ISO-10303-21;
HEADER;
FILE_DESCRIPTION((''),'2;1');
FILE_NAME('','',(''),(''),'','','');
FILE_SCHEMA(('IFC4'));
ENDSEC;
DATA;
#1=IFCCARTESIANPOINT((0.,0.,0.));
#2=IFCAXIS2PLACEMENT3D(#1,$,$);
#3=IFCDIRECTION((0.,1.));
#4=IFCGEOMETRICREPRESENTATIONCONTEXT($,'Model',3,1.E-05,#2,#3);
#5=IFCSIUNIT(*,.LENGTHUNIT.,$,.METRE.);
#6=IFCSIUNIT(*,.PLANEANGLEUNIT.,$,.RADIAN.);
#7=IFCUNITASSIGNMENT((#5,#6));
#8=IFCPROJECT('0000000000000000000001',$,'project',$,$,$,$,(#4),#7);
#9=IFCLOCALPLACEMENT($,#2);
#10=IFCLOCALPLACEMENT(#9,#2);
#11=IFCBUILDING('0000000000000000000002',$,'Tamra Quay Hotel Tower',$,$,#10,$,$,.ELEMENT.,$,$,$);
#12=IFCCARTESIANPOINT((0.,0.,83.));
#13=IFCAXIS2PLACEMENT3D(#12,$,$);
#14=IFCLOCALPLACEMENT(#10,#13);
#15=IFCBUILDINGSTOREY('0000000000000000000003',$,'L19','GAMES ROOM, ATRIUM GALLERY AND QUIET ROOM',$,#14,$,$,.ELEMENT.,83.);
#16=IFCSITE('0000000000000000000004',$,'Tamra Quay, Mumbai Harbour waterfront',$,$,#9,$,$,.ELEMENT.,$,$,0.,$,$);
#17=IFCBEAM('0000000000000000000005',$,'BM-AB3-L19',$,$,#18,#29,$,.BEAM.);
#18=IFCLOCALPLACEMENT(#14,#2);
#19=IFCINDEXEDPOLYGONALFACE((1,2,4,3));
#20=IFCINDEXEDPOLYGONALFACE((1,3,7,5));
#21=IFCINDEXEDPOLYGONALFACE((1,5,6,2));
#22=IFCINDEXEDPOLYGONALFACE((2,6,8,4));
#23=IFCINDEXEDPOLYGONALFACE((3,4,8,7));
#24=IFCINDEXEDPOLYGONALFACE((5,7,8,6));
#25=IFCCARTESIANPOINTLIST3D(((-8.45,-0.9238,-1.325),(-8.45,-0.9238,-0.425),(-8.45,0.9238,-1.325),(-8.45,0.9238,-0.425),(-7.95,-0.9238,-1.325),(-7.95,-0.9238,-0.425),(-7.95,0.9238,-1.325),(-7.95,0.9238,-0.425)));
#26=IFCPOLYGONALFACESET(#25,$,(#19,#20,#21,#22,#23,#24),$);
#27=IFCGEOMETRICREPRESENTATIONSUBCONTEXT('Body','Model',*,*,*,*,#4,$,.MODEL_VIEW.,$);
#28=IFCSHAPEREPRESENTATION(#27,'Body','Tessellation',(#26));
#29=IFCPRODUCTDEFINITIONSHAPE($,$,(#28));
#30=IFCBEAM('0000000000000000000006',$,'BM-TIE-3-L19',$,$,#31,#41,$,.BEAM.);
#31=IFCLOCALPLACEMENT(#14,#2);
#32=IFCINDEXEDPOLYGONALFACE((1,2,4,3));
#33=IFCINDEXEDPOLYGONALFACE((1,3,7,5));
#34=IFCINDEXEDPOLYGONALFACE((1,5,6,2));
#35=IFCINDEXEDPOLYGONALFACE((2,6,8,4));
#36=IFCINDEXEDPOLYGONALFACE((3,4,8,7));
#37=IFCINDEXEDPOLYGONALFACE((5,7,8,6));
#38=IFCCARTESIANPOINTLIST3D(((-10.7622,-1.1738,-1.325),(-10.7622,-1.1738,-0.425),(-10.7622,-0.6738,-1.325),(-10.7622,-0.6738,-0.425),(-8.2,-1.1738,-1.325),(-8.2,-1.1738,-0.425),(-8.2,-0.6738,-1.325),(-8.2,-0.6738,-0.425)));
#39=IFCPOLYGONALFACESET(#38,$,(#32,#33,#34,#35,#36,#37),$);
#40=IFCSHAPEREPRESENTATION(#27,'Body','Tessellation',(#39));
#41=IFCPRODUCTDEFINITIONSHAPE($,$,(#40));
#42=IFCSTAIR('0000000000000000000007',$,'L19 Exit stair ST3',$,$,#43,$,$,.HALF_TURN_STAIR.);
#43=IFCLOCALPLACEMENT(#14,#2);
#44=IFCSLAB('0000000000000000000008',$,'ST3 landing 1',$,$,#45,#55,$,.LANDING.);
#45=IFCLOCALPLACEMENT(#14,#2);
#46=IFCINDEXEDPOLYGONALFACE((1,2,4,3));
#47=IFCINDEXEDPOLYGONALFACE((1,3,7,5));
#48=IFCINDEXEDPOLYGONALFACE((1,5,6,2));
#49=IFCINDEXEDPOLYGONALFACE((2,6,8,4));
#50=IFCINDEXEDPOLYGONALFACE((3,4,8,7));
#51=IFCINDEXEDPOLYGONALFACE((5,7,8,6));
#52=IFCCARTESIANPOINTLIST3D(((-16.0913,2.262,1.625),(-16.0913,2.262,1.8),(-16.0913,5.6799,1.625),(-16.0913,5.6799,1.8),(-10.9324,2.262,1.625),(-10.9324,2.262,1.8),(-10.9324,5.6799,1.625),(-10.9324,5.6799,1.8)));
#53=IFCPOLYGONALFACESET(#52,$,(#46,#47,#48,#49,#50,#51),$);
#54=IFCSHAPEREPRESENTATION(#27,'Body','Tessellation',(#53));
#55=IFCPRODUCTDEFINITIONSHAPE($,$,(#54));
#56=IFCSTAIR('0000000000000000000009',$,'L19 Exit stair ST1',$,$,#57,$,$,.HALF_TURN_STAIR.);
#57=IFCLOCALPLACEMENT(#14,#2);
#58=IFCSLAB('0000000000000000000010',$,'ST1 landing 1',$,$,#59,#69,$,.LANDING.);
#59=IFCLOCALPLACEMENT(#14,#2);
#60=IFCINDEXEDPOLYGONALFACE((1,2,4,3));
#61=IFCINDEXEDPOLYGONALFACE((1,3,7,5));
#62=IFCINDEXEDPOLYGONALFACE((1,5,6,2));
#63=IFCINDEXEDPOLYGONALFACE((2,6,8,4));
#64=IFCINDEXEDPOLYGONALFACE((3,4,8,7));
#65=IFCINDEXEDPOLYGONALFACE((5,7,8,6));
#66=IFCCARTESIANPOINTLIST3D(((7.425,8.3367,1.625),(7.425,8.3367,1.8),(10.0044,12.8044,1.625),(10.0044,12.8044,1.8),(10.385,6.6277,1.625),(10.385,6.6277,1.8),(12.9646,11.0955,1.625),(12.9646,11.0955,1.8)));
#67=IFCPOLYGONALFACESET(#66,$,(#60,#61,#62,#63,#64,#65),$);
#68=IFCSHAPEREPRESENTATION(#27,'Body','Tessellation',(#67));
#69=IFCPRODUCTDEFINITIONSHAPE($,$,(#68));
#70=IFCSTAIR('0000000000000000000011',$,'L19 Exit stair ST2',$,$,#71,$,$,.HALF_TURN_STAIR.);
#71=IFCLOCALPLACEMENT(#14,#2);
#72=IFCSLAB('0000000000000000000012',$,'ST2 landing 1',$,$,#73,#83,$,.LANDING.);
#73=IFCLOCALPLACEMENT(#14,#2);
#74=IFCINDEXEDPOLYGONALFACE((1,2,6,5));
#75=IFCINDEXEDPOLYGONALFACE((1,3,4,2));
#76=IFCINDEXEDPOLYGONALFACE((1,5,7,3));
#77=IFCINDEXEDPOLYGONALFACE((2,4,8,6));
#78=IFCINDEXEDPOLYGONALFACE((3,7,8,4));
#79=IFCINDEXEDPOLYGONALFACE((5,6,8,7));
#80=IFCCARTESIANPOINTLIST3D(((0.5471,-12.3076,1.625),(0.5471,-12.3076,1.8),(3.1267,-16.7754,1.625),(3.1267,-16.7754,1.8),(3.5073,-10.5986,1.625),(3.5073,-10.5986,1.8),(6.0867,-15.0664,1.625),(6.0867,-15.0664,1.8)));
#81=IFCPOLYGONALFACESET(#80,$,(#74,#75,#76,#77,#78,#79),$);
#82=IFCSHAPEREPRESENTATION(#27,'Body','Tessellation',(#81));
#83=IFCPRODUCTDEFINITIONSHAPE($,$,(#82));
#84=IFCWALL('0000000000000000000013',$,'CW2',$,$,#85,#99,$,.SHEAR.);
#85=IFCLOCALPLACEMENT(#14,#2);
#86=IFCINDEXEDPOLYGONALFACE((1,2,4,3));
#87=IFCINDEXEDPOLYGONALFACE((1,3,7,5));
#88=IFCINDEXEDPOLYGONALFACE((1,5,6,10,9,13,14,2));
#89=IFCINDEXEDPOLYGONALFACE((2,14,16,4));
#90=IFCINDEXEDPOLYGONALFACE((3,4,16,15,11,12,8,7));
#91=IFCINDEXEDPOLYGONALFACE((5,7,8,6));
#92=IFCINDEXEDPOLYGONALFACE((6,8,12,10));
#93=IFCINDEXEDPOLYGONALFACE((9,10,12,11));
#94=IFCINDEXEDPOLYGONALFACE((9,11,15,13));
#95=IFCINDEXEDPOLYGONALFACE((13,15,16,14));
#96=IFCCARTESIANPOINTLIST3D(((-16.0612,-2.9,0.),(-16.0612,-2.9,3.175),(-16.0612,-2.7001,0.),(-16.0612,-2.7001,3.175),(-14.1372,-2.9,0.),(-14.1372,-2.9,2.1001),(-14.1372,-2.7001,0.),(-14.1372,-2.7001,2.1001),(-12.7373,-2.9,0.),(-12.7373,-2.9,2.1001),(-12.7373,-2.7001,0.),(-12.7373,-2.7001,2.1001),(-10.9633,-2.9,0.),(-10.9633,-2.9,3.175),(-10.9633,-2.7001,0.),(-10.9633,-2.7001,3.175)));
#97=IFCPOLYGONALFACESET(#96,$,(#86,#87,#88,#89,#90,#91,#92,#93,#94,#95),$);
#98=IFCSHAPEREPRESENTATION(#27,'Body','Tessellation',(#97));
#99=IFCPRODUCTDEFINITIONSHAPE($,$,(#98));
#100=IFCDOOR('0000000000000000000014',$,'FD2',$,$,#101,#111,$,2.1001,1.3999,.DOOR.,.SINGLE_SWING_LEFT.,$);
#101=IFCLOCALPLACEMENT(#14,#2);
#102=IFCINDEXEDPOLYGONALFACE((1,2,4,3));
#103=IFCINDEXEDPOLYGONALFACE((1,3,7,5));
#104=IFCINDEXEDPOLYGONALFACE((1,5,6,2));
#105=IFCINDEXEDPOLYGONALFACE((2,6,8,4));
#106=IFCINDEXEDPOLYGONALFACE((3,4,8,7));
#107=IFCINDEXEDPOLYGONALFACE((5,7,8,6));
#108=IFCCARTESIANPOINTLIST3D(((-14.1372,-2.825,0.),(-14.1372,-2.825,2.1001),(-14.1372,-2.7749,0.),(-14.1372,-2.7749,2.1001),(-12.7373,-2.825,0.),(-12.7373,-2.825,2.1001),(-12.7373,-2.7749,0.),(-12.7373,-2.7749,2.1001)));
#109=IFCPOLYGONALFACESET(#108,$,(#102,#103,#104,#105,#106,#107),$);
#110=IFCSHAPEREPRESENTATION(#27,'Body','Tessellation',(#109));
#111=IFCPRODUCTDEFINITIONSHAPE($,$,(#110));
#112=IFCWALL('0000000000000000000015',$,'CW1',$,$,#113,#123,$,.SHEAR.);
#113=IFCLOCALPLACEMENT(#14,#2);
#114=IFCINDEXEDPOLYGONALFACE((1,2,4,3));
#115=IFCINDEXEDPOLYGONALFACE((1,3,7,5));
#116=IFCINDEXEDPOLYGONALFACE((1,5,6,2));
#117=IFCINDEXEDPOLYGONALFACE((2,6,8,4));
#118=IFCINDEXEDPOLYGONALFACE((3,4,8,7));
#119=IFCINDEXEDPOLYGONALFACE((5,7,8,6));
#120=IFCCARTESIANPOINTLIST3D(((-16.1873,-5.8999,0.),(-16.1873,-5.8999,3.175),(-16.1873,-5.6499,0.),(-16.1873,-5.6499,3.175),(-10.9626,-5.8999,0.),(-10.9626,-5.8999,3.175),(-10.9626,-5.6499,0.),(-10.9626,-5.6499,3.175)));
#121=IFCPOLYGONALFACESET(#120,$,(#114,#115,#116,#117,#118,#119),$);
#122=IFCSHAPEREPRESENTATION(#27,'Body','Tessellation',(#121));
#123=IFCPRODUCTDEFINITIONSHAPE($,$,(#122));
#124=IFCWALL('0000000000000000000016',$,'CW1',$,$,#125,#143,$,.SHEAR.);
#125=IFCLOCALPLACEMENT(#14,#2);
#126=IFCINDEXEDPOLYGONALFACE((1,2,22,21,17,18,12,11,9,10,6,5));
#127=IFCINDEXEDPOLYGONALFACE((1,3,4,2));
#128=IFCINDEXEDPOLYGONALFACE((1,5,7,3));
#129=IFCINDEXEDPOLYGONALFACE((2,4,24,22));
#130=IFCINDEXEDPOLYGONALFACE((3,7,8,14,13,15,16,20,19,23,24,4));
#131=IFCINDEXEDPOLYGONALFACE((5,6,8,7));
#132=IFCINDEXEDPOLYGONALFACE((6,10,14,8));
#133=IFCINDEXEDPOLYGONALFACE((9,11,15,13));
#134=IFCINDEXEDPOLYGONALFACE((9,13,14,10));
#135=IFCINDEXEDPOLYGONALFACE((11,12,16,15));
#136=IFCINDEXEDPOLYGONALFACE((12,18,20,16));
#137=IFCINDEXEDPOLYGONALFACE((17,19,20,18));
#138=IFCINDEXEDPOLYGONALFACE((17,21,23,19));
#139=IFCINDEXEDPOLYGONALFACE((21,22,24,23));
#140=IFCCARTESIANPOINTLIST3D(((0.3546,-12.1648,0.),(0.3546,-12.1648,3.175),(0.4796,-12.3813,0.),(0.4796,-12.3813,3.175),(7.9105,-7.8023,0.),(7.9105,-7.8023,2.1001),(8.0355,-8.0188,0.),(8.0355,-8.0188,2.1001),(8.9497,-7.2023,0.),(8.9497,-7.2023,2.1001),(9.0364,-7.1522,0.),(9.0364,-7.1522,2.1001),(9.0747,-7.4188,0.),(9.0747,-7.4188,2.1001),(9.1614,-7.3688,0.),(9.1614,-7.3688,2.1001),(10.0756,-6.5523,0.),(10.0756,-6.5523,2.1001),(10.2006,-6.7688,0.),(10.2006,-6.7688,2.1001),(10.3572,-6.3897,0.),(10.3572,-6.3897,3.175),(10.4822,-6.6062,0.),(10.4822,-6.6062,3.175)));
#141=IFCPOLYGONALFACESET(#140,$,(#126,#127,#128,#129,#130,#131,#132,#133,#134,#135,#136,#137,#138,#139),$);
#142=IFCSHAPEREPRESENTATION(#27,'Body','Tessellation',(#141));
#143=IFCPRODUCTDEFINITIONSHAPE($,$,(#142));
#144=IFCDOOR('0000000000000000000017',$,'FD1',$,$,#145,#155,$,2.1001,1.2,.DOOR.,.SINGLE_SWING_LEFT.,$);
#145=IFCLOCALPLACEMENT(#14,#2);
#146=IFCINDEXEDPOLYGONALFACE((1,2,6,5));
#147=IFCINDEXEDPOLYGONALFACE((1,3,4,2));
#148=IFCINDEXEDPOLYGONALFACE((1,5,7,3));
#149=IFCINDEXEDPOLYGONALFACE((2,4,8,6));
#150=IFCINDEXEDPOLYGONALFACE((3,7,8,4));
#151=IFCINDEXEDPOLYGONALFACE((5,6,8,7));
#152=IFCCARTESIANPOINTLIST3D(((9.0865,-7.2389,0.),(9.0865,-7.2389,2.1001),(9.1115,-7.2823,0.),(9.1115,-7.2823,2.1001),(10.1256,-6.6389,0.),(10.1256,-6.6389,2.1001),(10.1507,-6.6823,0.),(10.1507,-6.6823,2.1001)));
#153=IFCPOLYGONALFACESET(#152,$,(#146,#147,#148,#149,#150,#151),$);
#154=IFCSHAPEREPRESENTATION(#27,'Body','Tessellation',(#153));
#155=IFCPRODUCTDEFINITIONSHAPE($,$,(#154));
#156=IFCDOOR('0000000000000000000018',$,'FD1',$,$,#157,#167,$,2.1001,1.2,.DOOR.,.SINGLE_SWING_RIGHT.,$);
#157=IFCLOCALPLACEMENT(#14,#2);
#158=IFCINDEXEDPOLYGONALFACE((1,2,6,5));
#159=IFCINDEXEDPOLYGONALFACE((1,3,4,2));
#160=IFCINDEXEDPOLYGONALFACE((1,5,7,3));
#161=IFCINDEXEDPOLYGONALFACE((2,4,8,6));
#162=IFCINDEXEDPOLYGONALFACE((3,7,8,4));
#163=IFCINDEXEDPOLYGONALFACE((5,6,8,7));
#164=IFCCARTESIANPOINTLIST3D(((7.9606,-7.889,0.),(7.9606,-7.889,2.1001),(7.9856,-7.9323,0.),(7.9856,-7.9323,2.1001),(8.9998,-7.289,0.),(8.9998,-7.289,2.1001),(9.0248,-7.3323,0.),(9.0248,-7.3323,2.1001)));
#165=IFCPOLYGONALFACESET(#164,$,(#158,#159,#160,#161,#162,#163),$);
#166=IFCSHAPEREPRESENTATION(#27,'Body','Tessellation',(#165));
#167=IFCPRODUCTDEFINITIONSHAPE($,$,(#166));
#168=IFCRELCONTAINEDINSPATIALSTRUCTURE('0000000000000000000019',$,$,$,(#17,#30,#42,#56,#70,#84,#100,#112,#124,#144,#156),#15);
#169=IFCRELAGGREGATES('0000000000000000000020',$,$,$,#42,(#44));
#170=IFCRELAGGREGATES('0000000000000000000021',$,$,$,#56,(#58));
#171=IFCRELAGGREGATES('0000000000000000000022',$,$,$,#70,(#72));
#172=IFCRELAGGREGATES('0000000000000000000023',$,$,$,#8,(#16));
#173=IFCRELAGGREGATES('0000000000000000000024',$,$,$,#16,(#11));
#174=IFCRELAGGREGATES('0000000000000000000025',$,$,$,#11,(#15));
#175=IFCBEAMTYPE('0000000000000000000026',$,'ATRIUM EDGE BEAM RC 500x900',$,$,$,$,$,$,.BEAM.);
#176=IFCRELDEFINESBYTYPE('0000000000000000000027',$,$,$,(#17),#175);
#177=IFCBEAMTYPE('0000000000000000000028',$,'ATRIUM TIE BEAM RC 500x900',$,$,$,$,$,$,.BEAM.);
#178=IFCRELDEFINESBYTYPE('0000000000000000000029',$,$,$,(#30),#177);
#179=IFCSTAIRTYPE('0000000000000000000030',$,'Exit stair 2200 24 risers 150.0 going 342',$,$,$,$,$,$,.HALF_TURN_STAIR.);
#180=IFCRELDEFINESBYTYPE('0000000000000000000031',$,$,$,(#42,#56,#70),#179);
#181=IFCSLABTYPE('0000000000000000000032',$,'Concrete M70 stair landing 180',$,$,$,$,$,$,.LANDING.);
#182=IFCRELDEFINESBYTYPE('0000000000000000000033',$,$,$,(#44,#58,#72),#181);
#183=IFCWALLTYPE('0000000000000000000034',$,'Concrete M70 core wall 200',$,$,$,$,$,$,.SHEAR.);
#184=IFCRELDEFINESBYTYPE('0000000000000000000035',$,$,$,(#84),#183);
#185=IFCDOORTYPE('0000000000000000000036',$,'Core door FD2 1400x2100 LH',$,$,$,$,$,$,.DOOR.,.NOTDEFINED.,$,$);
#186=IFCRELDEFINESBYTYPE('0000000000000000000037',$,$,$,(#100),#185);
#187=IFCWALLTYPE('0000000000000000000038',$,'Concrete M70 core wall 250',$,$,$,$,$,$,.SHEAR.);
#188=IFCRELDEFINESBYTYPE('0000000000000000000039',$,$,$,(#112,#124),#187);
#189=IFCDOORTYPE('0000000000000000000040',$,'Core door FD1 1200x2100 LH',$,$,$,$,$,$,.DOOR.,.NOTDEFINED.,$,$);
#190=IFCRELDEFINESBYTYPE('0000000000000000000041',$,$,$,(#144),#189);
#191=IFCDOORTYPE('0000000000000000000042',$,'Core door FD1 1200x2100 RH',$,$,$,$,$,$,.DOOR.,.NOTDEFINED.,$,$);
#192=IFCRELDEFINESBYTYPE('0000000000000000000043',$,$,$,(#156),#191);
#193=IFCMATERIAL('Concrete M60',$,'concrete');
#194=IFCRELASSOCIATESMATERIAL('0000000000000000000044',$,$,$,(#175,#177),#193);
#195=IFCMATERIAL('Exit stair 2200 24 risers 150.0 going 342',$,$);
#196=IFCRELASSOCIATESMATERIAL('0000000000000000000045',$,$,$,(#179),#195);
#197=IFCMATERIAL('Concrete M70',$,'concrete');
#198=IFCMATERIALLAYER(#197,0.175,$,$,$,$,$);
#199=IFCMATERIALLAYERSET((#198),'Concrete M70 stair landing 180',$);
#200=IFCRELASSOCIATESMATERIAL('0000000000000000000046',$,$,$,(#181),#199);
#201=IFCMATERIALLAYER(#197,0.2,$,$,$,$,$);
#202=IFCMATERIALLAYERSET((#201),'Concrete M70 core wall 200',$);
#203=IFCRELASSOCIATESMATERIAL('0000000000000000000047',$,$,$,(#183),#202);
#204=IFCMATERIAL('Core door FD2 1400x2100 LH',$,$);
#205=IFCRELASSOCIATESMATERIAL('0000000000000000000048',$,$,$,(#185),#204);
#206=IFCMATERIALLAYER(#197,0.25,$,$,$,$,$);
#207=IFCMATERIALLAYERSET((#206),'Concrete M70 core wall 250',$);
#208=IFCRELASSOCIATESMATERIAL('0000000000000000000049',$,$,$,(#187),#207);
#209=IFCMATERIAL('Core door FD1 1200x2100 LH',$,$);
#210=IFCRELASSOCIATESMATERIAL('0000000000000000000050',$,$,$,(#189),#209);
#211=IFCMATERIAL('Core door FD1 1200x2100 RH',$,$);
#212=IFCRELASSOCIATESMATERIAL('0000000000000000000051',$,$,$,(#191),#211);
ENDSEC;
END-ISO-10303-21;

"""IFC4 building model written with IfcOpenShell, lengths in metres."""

from ifc_helpers import new_model, si_unit, direction, frame, frame_2d, origin, origin_2d, place, context, subcontext, project, spatial, polyline, rectangle, outline, extrude, material, layer, layer_set, material_profile, profile_set, type_object, element, fill, aggregate, save


model = new_model("IFC4")

# Units and contexts
model_context = context("Model", 3, precision=1e-05, world=origin(), true_north=direction((0.0, 1.0)))
body_context = subcontext(model_context, "Body", "Model", "MODEL_VIEW")
ifc_project = project(units=[si_unit("LENGTHUNIT", "METRE"), si_unit("PLANEANGLEUNIT", "RADIAN")], contexts=[model_context])

# Site, building, storey
site_placement = place(None, origin())
site = spatial("IfcSite", under=ifc_project, at=site_placement, Name="Tamra Quay, Mumbai Harbour waterfront", CompositionType="ELEMENT", RefElevation=0.0)
building_placement = place(site_placement, origin())
building = spatial("IfcBuilding", under=site, at=building_placement, Name="Tamra Quay Hotel Tower", CompositionType="ELEMENT")
storey_placement = place(building_placement, frame((0.0, 0.0, 83.0)))
storey = spatial("IfcBuildingStorey", under=building, at=storey_placement, Name="L19", Description="GAMES ROOM, ATRIUM GALLERY AND QUIET ROOM", CompositionType="ELEMENT", Elevation=83.0)

# Beams
ifc_material_1 = material(Name="Concrete M60", Category="concrete")
ifc_material_profile_1 = material_profile(ifc_material_1, rectangle(XDim=0.5, YDim=0.8999, at=origin_2d()), Name="ATRIUM EDGE BEAM RC 500x900")
ifc_profile_set_1 = profile_set([ifc_material_profile_1], Name="Concrete M60")
beam_type_1 = type_object("IfcBeamType", Name="ATRIUM EDGE BEAM RC 500x900", PredefinedType="BEAM", material=ifc_profile_set_1)
beam_1_placement = place(storey_placement, frame((-8.2, -0.9238, -0.875), z_axis=(0.0, 1.0, 0.0), x_axis=(-1.0, 0.0, 0.0)))
element("IfcBeam", 1, at=beam_1_placement, inside=storey, type_object=beam_type_1, Name="BM-AB3-L19", PredefinedType="BEAM", context=body_context, shape_type="SweptSolid", body=[
    extrude(rectangle(XDim=0.5, YDim=0.8999, at=origin_2d()), origin(), (0.0, 0.0, 1.0), 1.8477),
])
ifc_material_profile_2 = material_profile(ifc_material_1, rectangle(XDim=0.5, YDim=0.8999, at=origin_2d()), Name="ATRIUM TIE BEAM RC 500x900")
ifc_profile_set_2 = profile_set([ifc_material_profile_2], Name="Concrete M60")
beam_type_2 = type_object("IfcBeamType", Name="ATRIUM TIE BEAM RC 500x900", PredefinedType="BEAM", material=ifc_profile_set_2)
beam_2_placement = place(storey_placement, frame((-8.2, -0.9238, -0.875), z_axis=(-1.0, 0.0, 0.0), x_axis=(0.0, -1.0, 0.0)))
element("IfcBeam", 2, at=beam_2_placement, inside=storey, type_object=beam_type_2, Name="BM-TIE-3-L19", PredefinedType="BEAM", context=body_context, shape_type="SweptSolid", body=[
    extrude(rectangle(XDim=0.5, YDim=0.8999, at=origin_2d()), origin(), (0.0, 0.0, 1.0), 2.5623),
])

# Stairs, slabs
ifc_material_2 = material(Name="Exit stair 2200 24 risers 150.0 going 342")
stair_type = type_object("IfcStairType", Name="Exit stair 2200 24 risers 150.0 going 342", PredefinedType="HALF_TURN_STAIR", material=ifc_material_2)
stair_1_placement = place(storey_placement, origin())
stair_1 = element("IfcStair", 3, at=stair_1_placement, inside=storey, type_object=stair_type, Name="L19 Exit stair ST3", PredefinedType="HALF_TURN_STAIR")
ifc_material_3 = material(Name="Concrete M70", Category="concrete")
ifc_layer_1 = layer(ifc_material_3, 0.175)
ifc_layer_set_1 = layer_set([ifc_layer_1], Name="Concrete M70 stair landing 180")
slab_type_1 = type_object("IfcSlabType", Name="Concrete M70 stair landing 180", PredefinedType="LANDING", material=ifc_layer_set_1)
slab_1_placement = place(storey_placement, frame((0.0, 0.0, 1.625)))
slab_1 = element("IfcSlab", 4, at=slab_1_placement, type_object=slab_type_1, Name="ST3 landing 1", PredefinedType="LANDING", context=body_context, shape_type="SweptSolid", body=[
    extrude(outline(polyline([(-10.9324, 2.262), (-10.9324, 5.6799), (-16.0913, 5.6799), (-16.0913, 2.262), (-10.9324, 2.262)])), origin(), (0.0, 0.0, 1.0), 0.175),
])
aggregate(stair_1, [slab_1])
stair_2_placement = place(storey_placement, origin())
stair_2 = element("IfcStair", 5, at=stair_2_placement, inside=storey, type_object=stair_type, Name="L19 Exit stair ST1", PredefinedType="HALF_TURN_STAIR")
slab_2_placement = place(storey_placement, frame((0.0, 0.0, 1.625)))
slab_2 = element("IfcSlab", 6, at=slab_2_placement, type_object=slab_type_1, Name="ST1 landing 1", PredefinedType="LANDING", context=body_context, shape_type="SweptSolid", body=[
    extrude(outline(polyline([(7.425, 8.3367), (10.385, 6.6277), (12.9646, 11.0955), (10.0044, 12.8044), (7.425, 8.3367)])), origin(), (0.0, 0.0, 1.0), 0.175),
])
aggregate(stair_2, [slab_2])
stair_3_placement = place(storey_placement, origin())
stair_3 = element("IfcStair", 7, at=stair_3_placement, inside=storey, type_object=stair_type, Name="L19 Exit stair ST2", PredefinedType="HALF_TURN_STAIR")
slab_3_placement = place(storey_placement, frame((0.0, 0.0, 1.625)))
slab_3 = element("IfcSlab", 8, at=slab_3_placement, type_object=slab_type_1, Name="ST2 landing 1", PredefinedType="LANDING", context=body_context, shape_type="SweptSolid", body=[
    extrude(outline(polyline([(3.5073, -10.5986), (0.5471, -12.3076), (3.1267, -16.7754), (6.0867, -15.0664), (3.5073, -10.5986)])), origin(), (0.0, 0.0, 1.0), 0.175),
])
aggregate(stair_3, [slab_3])

# Wall, opening, door
ifc_layer_2 = layer(ifc_material_3, 0.2)
ifc_layer_set_2 = layer_set([ifc_layer_2], Name="Concrete M70 core wall 200")
wall_type_1 = type_object("IfcWallType", Name="Concrete M70 core wall 200", PredefinedType="SHEAR", material=ifc_layer_set_2)
wall_1_placement = place(storey_placement, frame((-10.9634, -2.8, 0.0), z_axis=(0.0, 0.0, 1.0), x_axis=(-1.0, 0.0, 0.0)))
wall_1 = element("IfcWall", 9, at=wall_1_placement, inside=storey, type_object=wall_type_1, Name="CW2", PredefinedType="SHEAR", context=body_context, shape_type="SweptSolid", body=[
    extrude(rectangle(XDim=5.0979, YDim=0.2, at=frame_2d((2.5488, 0.0))), origin(), (0.0, 0.0, 1.0), 3.175),
])
opening_1_placement = place(wall_1_placement, frame((1.7739, 0.0, 0.0)))
opening_1 = element("IfcOpeningElement", 10, at=opening_1_placement, cuts=wall_1, PredefinedType="OPENING", context=body_context, shape_type="SweptSolid", body=[
    extrude(rectangle(XDim=1.3999, YDim=2.1001, at=frame_2d((0.7, 1.05))), frame((0.0, 0.1099, 0.0), z_axis=(0.0, -1.0, 0.0), x_axis=(1.0, 0.0, 0.0)), (0.0, 0.0, 1.0), 0.22),
])
ifc_material_4 = material(Name="Core door FD2 1400x2100 LH")
door_type_1 = type_object("IfcDoorType", Name="Core door FD2 1400x2100 LH", OperationType="NOTDEFINED", PredefinedType="DOOR", material=ifc_material_4)
door_1_placement = place(opening_1_placement, origin())
door_1 = element("IfcDoor", 11, at=door_1_placement, inside=storey, type_object=door_type_1, Name="FD2", OperationType="SINGLE_SWING_LEFT", OverallHeight=2.1001, OverallWidth=1.3999, PredefinedType="DOOR", context=body_context, shape_type="SweptSolid", body=[
    extrude(rectangle(XDim=1.3999, YDim=2.1001, at=frame_2d((0.7, 1.05))), frame((0.0, 0.0249, 0.0), z_axis=(0.0, -1.0, 0.0), x_axis=(1.0, 0.0, 0.0)), (0.0, 0.0, 1.0), 0.05),
])
fill(opening_1, door_1)

# Wall
ifc_layer_3 = layer(ifc_material_3, 0.25)
ifc_layer_set_3 = layer_set([ifc_layer_3], Name="Concrete M70 core wall 250")
wall_type_2 = type_object("IfcWallType", Name="Concrete M70 core wall 250", PredefinedType="SHEAR", material=ifc_layer_set_3)
wall_2_placement = place(storey_placement, frame((-10.9626, -5.7749, 0.0), z_axis=(0.0, 0.0, 1.0), x_axis=(-1.0, 0.0, 0.0)))
element("IfcWall", 12, at=wall_2_placement, inside=storey, type_object=wall_type_2, Name="CW1", PredefinedType="SHEAR", context=body_context, shape_type="SweptSolid", body=[
    extrude(rectangle(XDim=5.2246, YDim=0.25, at=frame_2d((2.6123, 0.0))), origin(), (0.0, 0.0, 1.0), 3.175),
])

# Wall, openings, doors
wall_3_placement = place(storey_placement, frame((0.4172, -12.2729, 0.0), z_axis=(0.0, 0.0, 1.0), x_axis=(0.866022, 0.500006, 0.0)))
wall_3 = element("IfcWall", 13, at=wall_3_placement, inside=storey, type_object=wall_type_2, Name="CW1", PredefinedType="SHEAR", context=body_context, shape_type="SweptSolid", body=[
    extrude(rectangle(XDim=11.55, YDim=0.25, at=frame_2d((5.7749, 0.0))), origin(), (0.0, 0.0, 1.0), 3.175),
])
opening_2_placement = place(wall_3_placement, frame((10.0247, 0.0, 0.0)))
opening_2 = element("IfcOpeningElement", 14, at=opening_2_placement, cuts=wall_3, PredefinedType="OPENING", context=body_context, shape_type="SweptSolid", body=[
    extrude(rectangle(XDim=1.2, YDim=2.1001, at=frame_2d((0.6001, 1.05))), frame((0.0, 0.135, 0.0), z_axis=(0.0, -1.0, 0.0), x_axis=(1.0, 0.0, 0.0)), (0.0, 0.0, 1.0), 0.27),
])
opening_3_placement = place(wall_3_placement, frame((8.7246, 0.0, 0.0)))
opening_3 = element("IfcOpeningElement", 15, at=opening_3_placement, cuts=wall_3, PredefinedType="OPENING", context=body_context, shape_type="SweptSolid", body=[
    extrude(rectangle(XDim=1.2, YDim=2.1001, at=frame_2d((0.6001, 1.05))), frame((0.0, 0.135, 0.0), z_axis=(0.0, -1.0, 0.0), x_axis=(1.0, 0.0, 0.0)), (0.0, 0.0, 1.0), 0.27),
])
ifc_material_5 = material(Name="Core door FD1 1200x2100 LH")
door_type_2 = type_object("IfcDoorType", Name="Core door FD1 1200x2100 LH", OperationType="NOTDEFINED", PredefinedType="DOOR", material=ifc_material_5)
door_2_placement = place(opening_2_placement, origin())
door_2 = element("IfcDoor", 16, at=door_2_placement, inside=storey, type_object=door_type_2, Name="FD1", OperationType="SINGLE_SWING_LEFT", OverallHeight=2.1001, OverallWidth=1.2, PredefinedType="DOOR", context=body_context, shape_type="SweptSolid", body=[
    extrude(rectangle(XDim=1.2, YDim=2.1001, at=frame_2d((0.6001, 1.05))), frame((0.0, 0.0249, 0.0), z_axis=(0.0, -1.0, 0.0), x_axis=(1.0, 0.0, 0.0)), (0.0, 0.0, 1.0), 0.05),
])
fill(opening_2, door_2)
ifc_material_6 = material(Name="Core door FD1 1200x2100 RH")
door_type_3 = type_object("IfcDoorType", Name="Core door FD1 1200x2100 RH", OperationType="NOTDEFINED", PredefinedType="DOOR", material=ifc_material_6)
door_3_placement = place(opening_3_placement, origin())
door_3 = element("IfcDoor", 17, at=door_3_placement, inside=storey, type_object=door_type_3, Name="FD1", OperationType="SINGLE_SWING_RIGHT", OverallHeight=2.1001, OverallWidth=1.2, PredefinedType="DOOR", context=body_context, shape_type="SweptSolid", body=[
    extrude(rectangle(XDim=1.2, YDim=2.1001, at=frame_2d((0.6001, 1.05))), frame((0.0, 0.0249, 0.0), z_axis=(0.0, -1.0, 0.0), x_axis=(1.0, 0.0, 0.0)), (0.0, 0.0, 1.0), 0.05),
])
fill(opening_3, door_3)

save(model, "model.ifc")
